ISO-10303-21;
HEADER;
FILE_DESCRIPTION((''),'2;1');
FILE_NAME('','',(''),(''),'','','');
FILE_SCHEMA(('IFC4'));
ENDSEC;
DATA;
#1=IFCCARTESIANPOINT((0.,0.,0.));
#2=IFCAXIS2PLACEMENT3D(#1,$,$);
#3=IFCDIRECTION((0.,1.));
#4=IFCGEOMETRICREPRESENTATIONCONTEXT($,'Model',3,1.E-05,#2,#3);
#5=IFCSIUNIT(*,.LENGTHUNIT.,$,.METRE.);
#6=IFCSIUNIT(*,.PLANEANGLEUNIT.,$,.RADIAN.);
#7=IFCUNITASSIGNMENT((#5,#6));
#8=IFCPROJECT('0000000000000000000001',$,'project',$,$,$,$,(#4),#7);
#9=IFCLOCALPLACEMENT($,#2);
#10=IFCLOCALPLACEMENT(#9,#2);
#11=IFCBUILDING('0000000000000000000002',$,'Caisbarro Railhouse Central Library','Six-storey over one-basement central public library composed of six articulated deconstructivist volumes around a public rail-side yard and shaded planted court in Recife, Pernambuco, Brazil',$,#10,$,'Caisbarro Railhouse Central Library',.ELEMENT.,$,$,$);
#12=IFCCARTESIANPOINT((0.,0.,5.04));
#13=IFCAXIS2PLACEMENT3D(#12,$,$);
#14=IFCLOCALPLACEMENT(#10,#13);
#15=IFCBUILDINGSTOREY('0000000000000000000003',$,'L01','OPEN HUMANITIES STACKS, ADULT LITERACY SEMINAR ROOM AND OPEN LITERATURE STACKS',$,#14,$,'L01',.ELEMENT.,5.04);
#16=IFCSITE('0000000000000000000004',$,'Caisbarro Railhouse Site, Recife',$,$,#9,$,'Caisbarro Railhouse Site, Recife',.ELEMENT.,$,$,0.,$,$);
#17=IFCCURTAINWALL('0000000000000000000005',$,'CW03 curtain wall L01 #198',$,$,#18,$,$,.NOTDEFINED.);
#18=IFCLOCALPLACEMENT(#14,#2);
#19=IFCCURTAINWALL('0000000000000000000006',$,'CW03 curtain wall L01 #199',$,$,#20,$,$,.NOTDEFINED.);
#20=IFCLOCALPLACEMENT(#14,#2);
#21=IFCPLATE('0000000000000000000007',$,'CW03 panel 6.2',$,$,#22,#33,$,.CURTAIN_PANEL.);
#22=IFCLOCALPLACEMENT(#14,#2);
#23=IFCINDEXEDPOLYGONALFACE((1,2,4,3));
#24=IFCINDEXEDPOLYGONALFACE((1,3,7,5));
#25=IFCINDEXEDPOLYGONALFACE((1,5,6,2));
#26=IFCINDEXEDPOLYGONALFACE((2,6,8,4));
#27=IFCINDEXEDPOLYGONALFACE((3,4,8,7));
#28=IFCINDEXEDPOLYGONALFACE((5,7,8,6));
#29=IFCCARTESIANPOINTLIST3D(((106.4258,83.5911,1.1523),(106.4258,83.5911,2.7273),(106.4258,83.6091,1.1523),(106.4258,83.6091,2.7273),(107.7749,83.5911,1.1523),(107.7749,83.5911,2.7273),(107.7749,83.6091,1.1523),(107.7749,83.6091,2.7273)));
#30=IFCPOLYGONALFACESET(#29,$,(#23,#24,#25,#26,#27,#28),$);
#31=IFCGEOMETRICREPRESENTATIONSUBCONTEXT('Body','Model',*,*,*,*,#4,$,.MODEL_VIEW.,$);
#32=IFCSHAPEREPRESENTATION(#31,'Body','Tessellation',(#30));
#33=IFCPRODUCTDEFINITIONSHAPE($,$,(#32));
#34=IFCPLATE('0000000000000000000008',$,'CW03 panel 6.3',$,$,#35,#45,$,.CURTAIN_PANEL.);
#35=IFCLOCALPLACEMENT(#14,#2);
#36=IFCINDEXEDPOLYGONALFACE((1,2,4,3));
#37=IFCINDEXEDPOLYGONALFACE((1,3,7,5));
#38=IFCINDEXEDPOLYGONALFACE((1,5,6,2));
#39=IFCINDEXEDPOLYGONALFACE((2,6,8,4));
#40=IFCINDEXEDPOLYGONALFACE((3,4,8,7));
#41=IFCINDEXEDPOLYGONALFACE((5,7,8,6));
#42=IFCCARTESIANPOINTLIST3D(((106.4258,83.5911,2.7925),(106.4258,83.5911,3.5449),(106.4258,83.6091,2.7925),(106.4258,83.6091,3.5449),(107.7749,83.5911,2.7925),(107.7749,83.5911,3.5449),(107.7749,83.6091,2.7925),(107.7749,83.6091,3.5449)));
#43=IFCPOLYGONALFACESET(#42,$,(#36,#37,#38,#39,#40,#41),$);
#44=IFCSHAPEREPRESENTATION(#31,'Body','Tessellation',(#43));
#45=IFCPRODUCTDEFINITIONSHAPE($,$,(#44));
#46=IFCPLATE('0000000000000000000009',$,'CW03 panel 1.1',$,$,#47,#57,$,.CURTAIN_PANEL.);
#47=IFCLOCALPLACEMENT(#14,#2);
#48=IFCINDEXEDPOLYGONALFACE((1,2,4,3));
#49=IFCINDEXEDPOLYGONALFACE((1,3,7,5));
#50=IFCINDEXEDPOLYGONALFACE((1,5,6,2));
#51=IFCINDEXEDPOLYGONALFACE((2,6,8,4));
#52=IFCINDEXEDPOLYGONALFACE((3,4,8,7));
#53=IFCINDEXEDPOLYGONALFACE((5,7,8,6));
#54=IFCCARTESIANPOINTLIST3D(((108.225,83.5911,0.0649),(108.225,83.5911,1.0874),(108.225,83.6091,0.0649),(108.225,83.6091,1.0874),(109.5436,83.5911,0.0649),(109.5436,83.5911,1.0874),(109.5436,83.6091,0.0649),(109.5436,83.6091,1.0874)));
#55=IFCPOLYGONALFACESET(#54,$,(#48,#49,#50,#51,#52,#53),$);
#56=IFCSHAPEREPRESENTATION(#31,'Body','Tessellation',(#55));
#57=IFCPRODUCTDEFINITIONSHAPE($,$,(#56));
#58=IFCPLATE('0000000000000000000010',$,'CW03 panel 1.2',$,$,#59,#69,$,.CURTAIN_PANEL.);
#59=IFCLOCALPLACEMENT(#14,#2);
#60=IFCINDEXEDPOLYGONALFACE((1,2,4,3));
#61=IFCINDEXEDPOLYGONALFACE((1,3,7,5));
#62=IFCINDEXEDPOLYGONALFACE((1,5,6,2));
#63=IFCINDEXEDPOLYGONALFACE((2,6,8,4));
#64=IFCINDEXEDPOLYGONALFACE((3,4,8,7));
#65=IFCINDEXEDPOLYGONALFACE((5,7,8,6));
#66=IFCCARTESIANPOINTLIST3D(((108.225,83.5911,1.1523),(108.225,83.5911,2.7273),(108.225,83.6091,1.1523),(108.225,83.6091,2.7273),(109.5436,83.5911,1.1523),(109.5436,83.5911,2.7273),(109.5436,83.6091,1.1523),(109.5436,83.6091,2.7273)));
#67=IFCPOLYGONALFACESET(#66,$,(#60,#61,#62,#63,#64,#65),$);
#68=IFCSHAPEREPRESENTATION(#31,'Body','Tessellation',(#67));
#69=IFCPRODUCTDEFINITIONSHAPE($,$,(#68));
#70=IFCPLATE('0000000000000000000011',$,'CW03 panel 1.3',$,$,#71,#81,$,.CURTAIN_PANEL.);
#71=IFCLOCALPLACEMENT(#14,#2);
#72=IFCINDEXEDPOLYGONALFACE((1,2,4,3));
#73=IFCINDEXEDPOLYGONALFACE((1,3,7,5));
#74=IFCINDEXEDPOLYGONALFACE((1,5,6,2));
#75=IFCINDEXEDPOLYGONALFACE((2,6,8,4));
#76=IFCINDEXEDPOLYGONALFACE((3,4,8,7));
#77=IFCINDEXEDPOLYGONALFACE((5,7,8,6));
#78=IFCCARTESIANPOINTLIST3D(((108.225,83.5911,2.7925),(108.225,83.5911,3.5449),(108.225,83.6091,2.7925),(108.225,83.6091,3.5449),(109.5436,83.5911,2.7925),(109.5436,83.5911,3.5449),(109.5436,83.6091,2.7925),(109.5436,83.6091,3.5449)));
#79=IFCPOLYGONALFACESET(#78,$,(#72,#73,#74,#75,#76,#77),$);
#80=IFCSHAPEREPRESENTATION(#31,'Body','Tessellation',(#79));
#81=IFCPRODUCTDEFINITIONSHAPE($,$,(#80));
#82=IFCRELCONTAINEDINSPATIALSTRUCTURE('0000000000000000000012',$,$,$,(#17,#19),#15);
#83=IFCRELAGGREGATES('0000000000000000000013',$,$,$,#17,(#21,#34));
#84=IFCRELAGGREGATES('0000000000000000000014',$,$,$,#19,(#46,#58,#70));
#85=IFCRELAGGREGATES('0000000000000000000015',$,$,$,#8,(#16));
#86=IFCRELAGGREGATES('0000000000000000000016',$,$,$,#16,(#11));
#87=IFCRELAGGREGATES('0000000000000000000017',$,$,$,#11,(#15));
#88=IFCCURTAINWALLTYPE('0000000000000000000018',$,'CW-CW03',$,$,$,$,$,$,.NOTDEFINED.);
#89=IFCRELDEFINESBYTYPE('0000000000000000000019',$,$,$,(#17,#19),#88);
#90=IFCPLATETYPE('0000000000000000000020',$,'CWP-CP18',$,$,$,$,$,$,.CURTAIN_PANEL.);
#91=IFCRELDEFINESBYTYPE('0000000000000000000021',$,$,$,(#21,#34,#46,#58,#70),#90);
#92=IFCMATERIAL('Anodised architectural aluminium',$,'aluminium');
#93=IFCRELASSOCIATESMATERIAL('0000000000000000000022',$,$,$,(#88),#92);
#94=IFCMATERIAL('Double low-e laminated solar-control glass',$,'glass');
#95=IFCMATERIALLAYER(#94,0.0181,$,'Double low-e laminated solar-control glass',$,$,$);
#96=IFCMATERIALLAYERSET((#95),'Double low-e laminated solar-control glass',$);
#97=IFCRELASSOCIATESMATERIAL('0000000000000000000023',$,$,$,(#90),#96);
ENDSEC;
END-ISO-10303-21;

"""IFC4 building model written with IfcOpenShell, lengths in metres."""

from ifc_helpers import new_model, si_unit, direction, frame, origin, origin_2d, place, context, subcontext, project, spatial, rectangle, extrude, material, layer, layer_set, type_object, element, aggregate, save


model = new_model("IFC4")

# Units and contexts
model_context = context("Model", 3, precision=1e-05, world=origin(), true_north=direction((0.0, 1.0)))
body_context = subcontext(model_context, "Body", "Model", "MODEL_VIEW")
ifc_project = project(units=[si_unit("LENGTHUNIT", "METRE"), si_unit("PLANEANGLEUNIT", "RADIAN")], contexts=[model_context])

# Site, building, storey
site_placement = place(None, origin())
site = spatial("IfcSite", under=ifc_project, at=site_placement, Name="Caisbarro Railhouse Site, Recife", LongName="Caisbarro Railhouse Site, Recife", CompositionType="ELEMENT", RefElevation=0.0)
building_placement = place(site_placement, origin())
building = spatial("IfcBuilding", under=site, at=building_placement, Name="Caisbarro Railhouse Central Library", Description="Six-storey over one-basement central public library composed of six articulated deconstructivist volumes around a public rail-side yard and shaded planted court in Recife, Pernambuco, Brazil", LongName="Caisbarro Railhouse Central Library", CompositionType="ELEMENT")
storey_placement = place(building_placement, frame((0.0, 0.0, 5.04)))
storey = spatial("IfcBuildingStorey", under=building, at=storey_placement, Name="L01", Description="OPEN HUMANITIES STACKS, ADULT LITERACY SEMINAR ROOM AND OPEN LITERATURE STACKS", LongName="L01", CompositionType="ELEMENT", Elevation=5.04)

# Curtain wall
ifc_material_1 = material(Name="Anodised architectural aluminium", Category="aluminium")
curtain_wall_type = type_object("IfcCurtainWallType", Name="CW-CW03", PredefinedType="NOTDEFINED", material=ifc_material_1)
curtain_wall_1_placement = place(storey_placement, origin())
curtain_wall_1 = element("IfcCurtainWall", 1, at=curtain_wall_1_placement, inside=storey, type_object=curtain_wall_type, Name="CW03 curtain wall L01 #198", PredefinedType="NOTDEFINED")

# Curtain wall
curtain_wall_2_placement = place(storey_placement, origin())
curtain_wall_2 = element("IfcCurtainWall", 2, at=curtain_wall_2_placement, inside=storey, type_object=curtain_wall_type, Name="CW03 curtain wall L01 #199", PredefinedType="NOTDEFINED")

# Plates
ifc_material_2 = material(Name="Double low-e laminated solar-control glass", Category="glass")
ifc_layer = layer(ifc_material_2, 0.0181, Name="Double low-e laminated solar-control glass")
ifc_layer_set = layer_set([ifc_layer], Name="Double low-e laminated solar-control glass")
plate_type = type_object("IfcPlateType", Name="CWP-CP18", PredefinedType="CURTAIN_PANEL", material=ifc_layer_set)
plate_1_placement = place(storey_placement, frame((107.1003, 83.6001, 1.1523), z_axis=(0.0, 0.0, 1.0), x_axis=(1.0, 0.0, 0.0)))
plate_1 = element("IfcPlate", 3, at=plate_1_placement, type_object=plate_type, Name="CW03 panel 6.2", PredefinedType="CURTAIN_PANEL", context=body_context, shape_type="SweptSolid", body=[
    extrude(rectangle(XDim=1.3491, YDim=0.0181, at=origin_2d()), origin(), (0.0, 0.0, 1.0), 1.575),
])
plate_2_placement = place(storey_placement, frame((107.1003, 83.6001, 2.7925), z_axis=(0.0, 0.0, 1.0), x_axis=(1.0, 0.0, 0.0)))
plate_2 = element("IfcPlate", 4, at=plate_2_placement, type_object=plate_type, Name="CW03 panel 6.3", PredefinedType="CURTAIN_PANEL", context=body_context, shape_type="SweptSolid", body=[
    extrude(rectangle(XDim=1.3491, YDim=0.0181, at=origin_2d()), origin(), (0.0, 0.0, 1.0), 0.7524),
])
aggregate(curtain_wall_1, [plate_1, plate_2])
plate_3_placement = place(storey_placement, frame((108.8843, 83.6001, 0.0649), z_axis=(0.0, 0.0, 1.0), x_axis=(1.0, 0.0, 0.0)))
plate_3 = element("IfcPlate", 5, at=plate_3_placement, type_object=plate_type, Name="CW03 panel 1.1", PredefinedType="CURTAIN_PANEL", context=body_context, shape_type="SweptSolid", body=[
    extrude(rectangle(XDim=1.3186, YDim=0.0181, at=origin_2d()), origin(), (0.0, 0.0, 1.0), 1.0225),
])
plate_4_placement = place(storey_placement, frame((108.8843, 83.6001, 1.1523), z_axis=(0.0, 0.0, 1.0), x_axis=(1.0, 0.0, 0.0)))
plate_4 = element("IfcPlate", 6, at=plate_4_placement, type_object=plate_type, Name="CW03 panel 1.2", PredefinedType="CURTAIN_PANEL", context=body_context, shape_type="SweptSolid", body=[
    extrude(rectangle(XDim=1.3186, YDim=0.0181, at=origin_2d()), origin(), (0.0, 0.0, 1.0), 1.575),
])
plate_5_placement = place(storey_placement, frame((108.8843, 83.6001, 2.7925), z_axis=(0.0, 0.0, 1.0), x_axis=(1.0, 0.0, 0.0)))
plate_5 = element("IfcPlate", 7, at=plate_5_placement, type_object=plate_type, Name="CW03 panel 1.3", PredefinedType="CURTAIN_PANEL", context=body_context, shape_type="SweptSolid", body=[
    extrude(rectangle(XDim=1.3186, YDim=0.0181, at=origin_2d()), origin(), (0.0, 0.0, 1.0), 0.7524),
])
aggregate(curtain_wall_2, [plate_3, plate_4, plate_5])

save(model, "model.ifc")
